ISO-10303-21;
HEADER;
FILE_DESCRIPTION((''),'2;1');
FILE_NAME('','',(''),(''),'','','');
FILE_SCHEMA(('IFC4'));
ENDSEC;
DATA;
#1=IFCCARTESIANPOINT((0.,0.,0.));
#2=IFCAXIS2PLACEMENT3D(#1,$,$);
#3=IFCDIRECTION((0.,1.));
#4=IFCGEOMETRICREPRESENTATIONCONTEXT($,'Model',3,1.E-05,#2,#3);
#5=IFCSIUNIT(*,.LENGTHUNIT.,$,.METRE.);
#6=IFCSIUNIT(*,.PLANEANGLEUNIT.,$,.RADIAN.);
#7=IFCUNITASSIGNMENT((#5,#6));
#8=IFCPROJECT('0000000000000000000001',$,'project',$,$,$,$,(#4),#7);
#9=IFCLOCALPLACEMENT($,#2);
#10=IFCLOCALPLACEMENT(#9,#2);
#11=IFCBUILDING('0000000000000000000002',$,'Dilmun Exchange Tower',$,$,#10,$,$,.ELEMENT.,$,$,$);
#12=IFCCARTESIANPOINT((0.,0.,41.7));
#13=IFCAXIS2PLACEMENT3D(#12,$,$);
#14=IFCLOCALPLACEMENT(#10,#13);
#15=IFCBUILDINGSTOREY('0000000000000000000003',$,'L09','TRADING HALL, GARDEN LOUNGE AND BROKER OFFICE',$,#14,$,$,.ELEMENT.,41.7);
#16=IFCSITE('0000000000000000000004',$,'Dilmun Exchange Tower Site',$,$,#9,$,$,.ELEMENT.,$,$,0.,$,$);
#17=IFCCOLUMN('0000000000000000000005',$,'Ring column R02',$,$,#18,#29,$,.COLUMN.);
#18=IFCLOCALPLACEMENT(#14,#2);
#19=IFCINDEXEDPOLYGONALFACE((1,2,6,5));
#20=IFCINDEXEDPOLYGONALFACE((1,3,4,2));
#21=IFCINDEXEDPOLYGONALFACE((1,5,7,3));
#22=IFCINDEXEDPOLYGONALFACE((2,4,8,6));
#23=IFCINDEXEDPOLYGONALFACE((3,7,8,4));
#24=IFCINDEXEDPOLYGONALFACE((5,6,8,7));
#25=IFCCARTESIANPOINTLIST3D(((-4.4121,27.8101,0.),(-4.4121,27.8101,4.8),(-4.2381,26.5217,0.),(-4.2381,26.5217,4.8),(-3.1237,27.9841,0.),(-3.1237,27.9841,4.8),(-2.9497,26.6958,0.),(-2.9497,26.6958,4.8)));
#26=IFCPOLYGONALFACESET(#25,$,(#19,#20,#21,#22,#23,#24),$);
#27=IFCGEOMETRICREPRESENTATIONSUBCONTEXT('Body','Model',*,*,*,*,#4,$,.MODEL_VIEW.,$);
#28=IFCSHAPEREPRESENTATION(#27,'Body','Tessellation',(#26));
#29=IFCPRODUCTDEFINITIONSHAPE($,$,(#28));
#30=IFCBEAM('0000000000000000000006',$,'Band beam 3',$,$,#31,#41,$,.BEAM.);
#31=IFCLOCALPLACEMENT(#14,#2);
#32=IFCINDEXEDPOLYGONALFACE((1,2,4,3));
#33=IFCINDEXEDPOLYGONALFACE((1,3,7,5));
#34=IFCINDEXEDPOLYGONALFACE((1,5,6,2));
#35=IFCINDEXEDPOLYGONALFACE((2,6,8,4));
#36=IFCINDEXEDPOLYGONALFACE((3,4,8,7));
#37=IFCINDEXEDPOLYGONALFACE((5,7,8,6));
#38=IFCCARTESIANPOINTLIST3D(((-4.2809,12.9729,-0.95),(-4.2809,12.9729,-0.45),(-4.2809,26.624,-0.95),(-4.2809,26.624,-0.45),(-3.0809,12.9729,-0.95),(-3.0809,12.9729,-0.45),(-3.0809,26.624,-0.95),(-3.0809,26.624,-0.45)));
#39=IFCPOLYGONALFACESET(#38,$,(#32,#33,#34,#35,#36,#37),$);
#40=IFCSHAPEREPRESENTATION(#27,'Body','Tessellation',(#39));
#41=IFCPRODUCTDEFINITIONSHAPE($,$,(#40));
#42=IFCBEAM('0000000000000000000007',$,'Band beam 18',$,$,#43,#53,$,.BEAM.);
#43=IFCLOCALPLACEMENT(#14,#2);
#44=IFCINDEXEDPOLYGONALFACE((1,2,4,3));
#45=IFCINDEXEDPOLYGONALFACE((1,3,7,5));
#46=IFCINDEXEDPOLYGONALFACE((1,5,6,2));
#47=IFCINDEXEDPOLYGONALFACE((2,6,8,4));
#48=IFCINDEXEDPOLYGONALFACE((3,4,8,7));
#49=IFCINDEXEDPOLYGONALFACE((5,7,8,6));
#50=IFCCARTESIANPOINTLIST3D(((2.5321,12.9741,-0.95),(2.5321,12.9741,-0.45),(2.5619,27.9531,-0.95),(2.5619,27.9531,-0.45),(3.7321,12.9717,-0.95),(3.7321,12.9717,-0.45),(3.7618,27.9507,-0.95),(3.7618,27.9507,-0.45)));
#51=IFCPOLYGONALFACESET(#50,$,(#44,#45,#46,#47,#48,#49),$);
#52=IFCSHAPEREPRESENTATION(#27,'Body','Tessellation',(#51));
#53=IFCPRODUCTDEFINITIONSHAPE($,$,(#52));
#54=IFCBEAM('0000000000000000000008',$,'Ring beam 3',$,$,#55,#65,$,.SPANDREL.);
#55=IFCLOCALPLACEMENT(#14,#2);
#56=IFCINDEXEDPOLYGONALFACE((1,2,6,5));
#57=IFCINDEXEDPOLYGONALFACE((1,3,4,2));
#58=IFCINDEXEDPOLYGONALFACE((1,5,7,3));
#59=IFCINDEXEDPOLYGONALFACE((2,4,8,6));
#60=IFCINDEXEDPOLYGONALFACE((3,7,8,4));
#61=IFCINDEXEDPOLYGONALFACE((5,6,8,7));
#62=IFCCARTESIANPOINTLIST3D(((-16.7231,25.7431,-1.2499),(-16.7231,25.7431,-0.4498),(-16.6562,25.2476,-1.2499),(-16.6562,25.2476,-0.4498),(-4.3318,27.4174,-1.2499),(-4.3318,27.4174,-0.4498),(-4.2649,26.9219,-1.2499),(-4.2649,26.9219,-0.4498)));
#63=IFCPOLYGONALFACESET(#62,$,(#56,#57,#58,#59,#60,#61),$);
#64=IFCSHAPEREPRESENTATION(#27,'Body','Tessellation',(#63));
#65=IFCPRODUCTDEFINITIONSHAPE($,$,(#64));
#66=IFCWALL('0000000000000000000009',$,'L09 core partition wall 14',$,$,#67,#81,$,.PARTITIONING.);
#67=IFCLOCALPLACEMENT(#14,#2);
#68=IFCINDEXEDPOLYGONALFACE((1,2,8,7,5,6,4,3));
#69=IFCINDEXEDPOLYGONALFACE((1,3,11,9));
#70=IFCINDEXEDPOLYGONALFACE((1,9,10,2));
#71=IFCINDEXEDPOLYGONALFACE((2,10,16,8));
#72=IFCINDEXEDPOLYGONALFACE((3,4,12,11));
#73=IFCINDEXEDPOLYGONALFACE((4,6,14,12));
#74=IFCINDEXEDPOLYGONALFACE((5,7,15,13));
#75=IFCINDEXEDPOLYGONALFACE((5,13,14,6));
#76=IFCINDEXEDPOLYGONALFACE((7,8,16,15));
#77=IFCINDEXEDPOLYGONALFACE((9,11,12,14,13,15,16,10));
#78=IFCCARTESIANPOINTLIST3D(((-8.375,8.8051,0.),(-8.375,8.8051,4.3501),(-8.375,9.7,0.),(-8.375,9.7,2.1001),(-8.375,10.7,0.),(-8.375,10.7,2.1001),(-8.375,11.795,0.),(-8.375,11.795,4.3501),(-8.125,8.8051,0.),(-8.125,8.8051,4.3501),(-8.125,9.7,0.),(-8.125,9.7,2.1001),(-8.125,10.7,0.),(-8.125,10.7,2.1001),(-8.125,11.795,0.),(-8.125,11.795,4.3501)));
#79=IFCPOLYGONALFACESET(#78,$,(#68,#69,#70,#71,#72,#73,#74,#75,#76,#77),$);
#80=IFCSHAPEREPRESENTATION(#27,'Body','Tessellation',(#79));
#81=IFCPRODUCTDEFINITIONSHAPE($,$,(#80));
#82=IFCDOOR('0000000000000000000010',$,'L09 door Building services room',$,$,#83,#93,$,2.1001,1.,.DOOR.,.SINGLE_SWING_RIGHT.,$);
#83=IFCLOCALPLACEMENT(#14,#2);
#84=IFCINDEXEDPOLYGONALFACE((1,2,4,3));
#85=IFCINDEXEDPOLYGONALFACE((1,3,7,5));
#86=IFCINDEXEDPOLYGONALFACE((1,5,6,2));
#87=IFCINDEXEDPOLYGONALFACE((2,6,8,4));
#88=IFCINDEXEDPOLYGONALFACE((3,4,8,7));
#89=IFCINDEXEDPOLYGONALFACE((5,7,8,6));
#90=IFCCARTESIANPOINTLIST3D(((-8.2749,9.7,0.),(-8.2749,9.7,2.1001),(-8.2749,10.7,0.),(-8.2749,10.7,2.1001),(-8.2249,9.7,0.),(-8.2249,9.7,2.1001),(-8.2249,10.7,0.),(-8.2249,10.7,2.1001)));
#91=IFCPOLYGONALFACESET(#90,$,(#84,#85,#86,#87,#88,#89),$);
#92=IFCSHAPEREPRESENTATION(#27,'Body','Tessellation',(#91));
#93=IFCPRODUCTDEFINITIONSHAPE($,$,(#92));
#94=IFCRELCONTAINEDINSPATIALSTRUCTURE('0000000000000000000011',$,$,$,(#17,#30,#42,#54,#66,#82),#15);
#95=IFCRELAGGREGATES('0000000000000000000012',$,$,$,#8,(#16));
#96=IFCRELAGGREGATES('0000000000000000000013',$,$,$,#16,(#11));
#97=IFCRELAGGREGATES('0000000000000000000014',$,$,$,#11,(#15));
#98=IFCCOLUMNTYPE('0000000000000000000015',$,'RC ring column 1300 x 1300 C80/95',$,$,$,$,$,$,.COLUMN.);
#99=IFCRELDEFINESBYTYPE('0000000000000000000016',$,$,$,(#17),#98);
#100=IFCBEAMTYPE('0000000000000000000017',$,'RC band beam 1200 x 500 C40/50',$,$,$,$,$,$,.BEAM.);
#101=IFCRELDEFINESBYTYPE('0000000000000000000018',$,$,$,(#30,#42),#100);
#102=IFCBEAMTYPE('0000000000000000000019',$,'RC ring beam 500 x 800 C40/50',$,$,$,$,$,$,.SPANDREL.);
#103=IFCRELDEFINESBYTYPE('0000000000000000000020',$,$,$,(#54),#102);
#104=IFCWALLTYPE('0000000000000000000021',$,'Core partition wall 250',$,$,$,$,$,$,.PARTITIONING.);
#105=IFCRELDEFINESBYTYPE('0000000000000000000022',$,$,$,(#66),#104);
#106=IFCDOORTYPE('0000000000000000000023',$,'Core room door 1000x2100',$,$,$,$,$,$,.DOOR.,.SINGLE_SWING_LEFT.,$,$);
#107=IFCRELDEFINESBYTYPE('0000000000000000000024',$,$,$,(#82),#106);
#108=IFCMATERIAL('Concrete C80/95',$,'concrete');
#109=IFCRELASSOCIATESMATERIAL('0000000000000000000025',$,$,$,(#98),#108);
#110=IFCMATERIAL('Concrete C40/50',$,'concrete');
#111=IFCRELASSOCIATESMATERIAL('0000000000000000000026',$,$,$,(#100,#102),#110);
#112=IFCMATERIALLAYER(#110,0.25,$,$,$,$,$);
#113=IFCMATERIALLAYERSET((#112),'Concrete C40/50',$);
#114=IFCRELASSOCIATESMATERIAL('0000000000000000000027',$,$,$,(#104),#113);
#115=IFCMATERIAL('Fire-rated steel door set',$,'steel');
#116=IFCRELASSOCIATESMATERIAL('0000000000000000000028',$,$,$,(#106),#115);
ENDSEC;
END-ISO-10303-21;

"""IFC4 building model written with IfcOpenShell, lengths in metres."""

from ifc_helpers import new_model, si_unit, direction, frame, frame_2d, origin, origin_2d, place, context, subcontext, project, spatial, rectangle, extrude, material, layer, layer_set, material_profile, profile_set, type_object, element, fill, save


model = new_model("IFC4")

# Units and contexts
model_context = context("Model", 3, precision=1e-05, world=origin(), true_north=direction((0.0, 1.0)))
body_context = subcontext(model_context, "Body", "Model", "MODEL_VIEW")
ifc_project = project(units=[si_unit("LENGTHUNIT", "METRE"), si_unit("PLANEANGLEUNIT", "RADIAN")], contexts=[model_context])

# Site, building, storey
site_placement = place(None, origin())
site = spatial("IfcSite", under=ifc_project, at=site_placement, Name="Dilmun Exchange Tower Site", CompositionType="ELEMENT", RefElevation=0.0)
building_placement = place(site_placement, origin())
building = spatial("IfcBuilding", under=site, at=building_placement, Name="Dilmun Exchange Tower", CompositionType="ELEMENT")
storey_placement = place(building_placement, frame((0.0, 0.0, 41.7)))
storey = spatial("IfcBuildingStorey", under=building, at=storey_placement, Name="L09", Description="TRADING HALL, GARDEN LOUNGE AND BROKER OFFICE", CompositionType="ELEMENT", Elevation=41.7)

# Column
ifc_material_1 = material(Name="Concrete C80/95", Category="concrete")
ifc_material_profile_1 = material_profile(ifc_material_1, rectangle(XDim=1.3, YDim=1.3, at=origin_2d()), Name="1300 x 1300")
ifc_profile_set_1 = profile_set([ifc_material_profile_1], Name="Concrete C80/95")
column_type = type_object("IfcColumnType", Name="RC ring column 1300 x 1300 C80/95", PredefinedType="COLUMN", material=ifc_profile_set_1)
column_placement = place(storey_placement, frame((-3.6809, 27.2529, 0.0), z_axis=(0.0, 0.0, 1.0), x_axis=(0.991001, 0.133853, 0.0)))
element("IfcColumn", 1, at=column_placement, inside=storey, type_object=column_type, Name="Ring column R02", PredefinedType="COLUMN", context=body_context, shape_type="SweptSolid", body=[
    extrude(rectangle(XDim=1.3, YDim=1.3, at=origin_2d()), origin(), (0.0, 0.0, 1.0), 4.8),
])

# Beams
ifc_material_2 = material(Name="Concrete C40/50", Category="concrete")
ifc_material_profile_2 = material_profile(ifc_material_2, rectangle(XDim=1.2, YDim=0.5, at=origin_2d()), Name="1200 x 500")
ifc_profile_set_2 = profile_set([ifc_material_profile_2], Name="Concrete C40/50")
beam_type_1 = type_object("IfcBeamType", Name="RC band beam 1200 x 500 C40/50", PredefinedType="BEAM", material=ifc_profile_set_2)
beam_1_placement = place(storey_placement, frame((-3.6809, 26.624, -0.7), z_axis=(0.0, -1.0, 0.0), x_axis=(1.0, 0.0, 0.0)))
element("IfcBeam", 2, at=beam_1_placement, inside=storey, type_object=beam_type_1, Name="Band beam 3", PredefinedType="BEAM", context=body_context, shape_type="SweptSolid", body=[
    extrude(rectangle(XDim=1.2, YDim=0.5, at=origin_2d()), origin(), (0.0, 0.0, 1.0), 13.6511),
])
beam_2_placement = place(storey_placement, frame((3.1619, 27.9519, -0.7), z_axis=(-0.001988, -0.999998, 0.0), x_axis=(0.999998, -0.001988, 0.0)))
element("IfcBeam", 3, at=beam_2_placement, inside=storey, type_object=beam_type_1, Name="Band beam 18", PredefinedType="BEAM", context=body_context, shape_type="SweptSolid", body=[
    extrude(rectangle(XDim=1.2, YDim=0.5, at=origin_2d()), origin(), (0.0, 0.0, 1.0), 14.979),
])
ifc_material_profile_3 = material_profile(ifc_material_2, rectangle(XDim=0.5, YDim=0.8, at=origin_2d()), Name="500 x 800")
ifc_profile_set_3 = profile_set([ifc_material_profile_3], Name="Concrete C40/50")
beam_type_2 = type_object("IfcBeamType", Name="RC ring beam 500 x 800 C40/50", PredefinedType="SPANDREL", material=ifc_profile_set_3)
beam_3_placement = place(storey_placement, frame((-4.2983, 27.1697, -0.8499), z_axis=(-0.990994, -0.133903, 0.0), x_axis=(0.133903, -0.990994, 0.0)))
element("IfcBeam", 4, at=beam_3_placement, inside=storey, type_object=beam_type_2, Name="Ring beam 3", PredefinedType="SPANDREL", context=body_context, shape_type="SweptSolid", body=[
    extrude(rectangle(XDim=0.5, YDim=0.8, at=origin_2d()), origin(), (0.0, 0.0, 1.0), 12.5039),
])

# Wall, opening, door
ifc_layer_1 = layer(ifc_material_2, 0.25)
ifc_layer_set_1 = layer_set([ifc_layer_1], Name="Concrete C40/50")
wall_type_1 = type_object("IfcWallType", Name="Core partition wall 250", PredefinedType="PARTITIONING", material=ifc_layer_set_1)
wall_1_placement = place(storey_placement, frame((-8.25, 8.8049, 0.0), z_axis=(0.0, 0.0, 1.0), x_axis=(0.0, 1.0, 0.0)))
wall_1 = element("IfcWall", 5, at=wall_1_placement, inside=storey, type_object=wall_type_1, Name="L09 core partition wall 14", PredefinedType="PARTITIONING", context=body_context, shape_type="SweptSolid", body=[
    extrude(rectangle(XDim=2.99, YDim=0.25, at=frame_2d((1.4951, 0.0))), origin(), (0.0, 0.0, 1.0), 4.3501),
])
opening_1_placement = place(wall_1_placement, frame((0.895, 0.0, 0.0)))
opening_1 = element("IfcOpeningElement", 6, at=opening_1_placement, cuts=wall_1, PredefinedType="OPENING", context=body_context, shape_type="SweptSolid", body=[
    extrude(rectangle(XDim=1.0, YDim=2.1001, at=frame_2d((0.5, 1.05))), frame((0.0, 0.135, 0.0), z_axis=(0.0, -1.0, 0.0), x_axis=(1.0, 0.0, 0.0)), (0.0, 0.0, 1.0), 0.27),
])
ifc_material_3 = material(Name="Fire-rated steel door set", Category="steel")
door_type_1 = type_object("IfcDoorType", Name="Core room door 1000x2100", OperationType="SINGLE_SWING_LEFT", PredefinedType="DOOR", material=ifc_material_3)
door_1_placement = place(opening_1_placement, origin())
door_1 = element("IfcDoor", 7, at=door_1_placement, inside=storey, type_object=door_type_1, Name="L09 door Building services room", OperationType="SINGLE_SWING_RIGHT", OverallHeight=2.1001, OverallWidth=1.0, PredefinedType="DOOR", context=body_context, shape_type="SweptSolid", body=[
    extrude(rectangle(XDim=1.0, YDim=2.1001, at=frame_2d((0.5, 1.05))), frame((0.0, 0.0249, 0.0), z_axis=(0.0, -1.0, 0.0), x_axis=(1.0, 0.0, 0.0)), (0.0, 0.0, 1.0), 0.05),
])
fill(opening_1, door_1)

save(model, "model.ifc")
